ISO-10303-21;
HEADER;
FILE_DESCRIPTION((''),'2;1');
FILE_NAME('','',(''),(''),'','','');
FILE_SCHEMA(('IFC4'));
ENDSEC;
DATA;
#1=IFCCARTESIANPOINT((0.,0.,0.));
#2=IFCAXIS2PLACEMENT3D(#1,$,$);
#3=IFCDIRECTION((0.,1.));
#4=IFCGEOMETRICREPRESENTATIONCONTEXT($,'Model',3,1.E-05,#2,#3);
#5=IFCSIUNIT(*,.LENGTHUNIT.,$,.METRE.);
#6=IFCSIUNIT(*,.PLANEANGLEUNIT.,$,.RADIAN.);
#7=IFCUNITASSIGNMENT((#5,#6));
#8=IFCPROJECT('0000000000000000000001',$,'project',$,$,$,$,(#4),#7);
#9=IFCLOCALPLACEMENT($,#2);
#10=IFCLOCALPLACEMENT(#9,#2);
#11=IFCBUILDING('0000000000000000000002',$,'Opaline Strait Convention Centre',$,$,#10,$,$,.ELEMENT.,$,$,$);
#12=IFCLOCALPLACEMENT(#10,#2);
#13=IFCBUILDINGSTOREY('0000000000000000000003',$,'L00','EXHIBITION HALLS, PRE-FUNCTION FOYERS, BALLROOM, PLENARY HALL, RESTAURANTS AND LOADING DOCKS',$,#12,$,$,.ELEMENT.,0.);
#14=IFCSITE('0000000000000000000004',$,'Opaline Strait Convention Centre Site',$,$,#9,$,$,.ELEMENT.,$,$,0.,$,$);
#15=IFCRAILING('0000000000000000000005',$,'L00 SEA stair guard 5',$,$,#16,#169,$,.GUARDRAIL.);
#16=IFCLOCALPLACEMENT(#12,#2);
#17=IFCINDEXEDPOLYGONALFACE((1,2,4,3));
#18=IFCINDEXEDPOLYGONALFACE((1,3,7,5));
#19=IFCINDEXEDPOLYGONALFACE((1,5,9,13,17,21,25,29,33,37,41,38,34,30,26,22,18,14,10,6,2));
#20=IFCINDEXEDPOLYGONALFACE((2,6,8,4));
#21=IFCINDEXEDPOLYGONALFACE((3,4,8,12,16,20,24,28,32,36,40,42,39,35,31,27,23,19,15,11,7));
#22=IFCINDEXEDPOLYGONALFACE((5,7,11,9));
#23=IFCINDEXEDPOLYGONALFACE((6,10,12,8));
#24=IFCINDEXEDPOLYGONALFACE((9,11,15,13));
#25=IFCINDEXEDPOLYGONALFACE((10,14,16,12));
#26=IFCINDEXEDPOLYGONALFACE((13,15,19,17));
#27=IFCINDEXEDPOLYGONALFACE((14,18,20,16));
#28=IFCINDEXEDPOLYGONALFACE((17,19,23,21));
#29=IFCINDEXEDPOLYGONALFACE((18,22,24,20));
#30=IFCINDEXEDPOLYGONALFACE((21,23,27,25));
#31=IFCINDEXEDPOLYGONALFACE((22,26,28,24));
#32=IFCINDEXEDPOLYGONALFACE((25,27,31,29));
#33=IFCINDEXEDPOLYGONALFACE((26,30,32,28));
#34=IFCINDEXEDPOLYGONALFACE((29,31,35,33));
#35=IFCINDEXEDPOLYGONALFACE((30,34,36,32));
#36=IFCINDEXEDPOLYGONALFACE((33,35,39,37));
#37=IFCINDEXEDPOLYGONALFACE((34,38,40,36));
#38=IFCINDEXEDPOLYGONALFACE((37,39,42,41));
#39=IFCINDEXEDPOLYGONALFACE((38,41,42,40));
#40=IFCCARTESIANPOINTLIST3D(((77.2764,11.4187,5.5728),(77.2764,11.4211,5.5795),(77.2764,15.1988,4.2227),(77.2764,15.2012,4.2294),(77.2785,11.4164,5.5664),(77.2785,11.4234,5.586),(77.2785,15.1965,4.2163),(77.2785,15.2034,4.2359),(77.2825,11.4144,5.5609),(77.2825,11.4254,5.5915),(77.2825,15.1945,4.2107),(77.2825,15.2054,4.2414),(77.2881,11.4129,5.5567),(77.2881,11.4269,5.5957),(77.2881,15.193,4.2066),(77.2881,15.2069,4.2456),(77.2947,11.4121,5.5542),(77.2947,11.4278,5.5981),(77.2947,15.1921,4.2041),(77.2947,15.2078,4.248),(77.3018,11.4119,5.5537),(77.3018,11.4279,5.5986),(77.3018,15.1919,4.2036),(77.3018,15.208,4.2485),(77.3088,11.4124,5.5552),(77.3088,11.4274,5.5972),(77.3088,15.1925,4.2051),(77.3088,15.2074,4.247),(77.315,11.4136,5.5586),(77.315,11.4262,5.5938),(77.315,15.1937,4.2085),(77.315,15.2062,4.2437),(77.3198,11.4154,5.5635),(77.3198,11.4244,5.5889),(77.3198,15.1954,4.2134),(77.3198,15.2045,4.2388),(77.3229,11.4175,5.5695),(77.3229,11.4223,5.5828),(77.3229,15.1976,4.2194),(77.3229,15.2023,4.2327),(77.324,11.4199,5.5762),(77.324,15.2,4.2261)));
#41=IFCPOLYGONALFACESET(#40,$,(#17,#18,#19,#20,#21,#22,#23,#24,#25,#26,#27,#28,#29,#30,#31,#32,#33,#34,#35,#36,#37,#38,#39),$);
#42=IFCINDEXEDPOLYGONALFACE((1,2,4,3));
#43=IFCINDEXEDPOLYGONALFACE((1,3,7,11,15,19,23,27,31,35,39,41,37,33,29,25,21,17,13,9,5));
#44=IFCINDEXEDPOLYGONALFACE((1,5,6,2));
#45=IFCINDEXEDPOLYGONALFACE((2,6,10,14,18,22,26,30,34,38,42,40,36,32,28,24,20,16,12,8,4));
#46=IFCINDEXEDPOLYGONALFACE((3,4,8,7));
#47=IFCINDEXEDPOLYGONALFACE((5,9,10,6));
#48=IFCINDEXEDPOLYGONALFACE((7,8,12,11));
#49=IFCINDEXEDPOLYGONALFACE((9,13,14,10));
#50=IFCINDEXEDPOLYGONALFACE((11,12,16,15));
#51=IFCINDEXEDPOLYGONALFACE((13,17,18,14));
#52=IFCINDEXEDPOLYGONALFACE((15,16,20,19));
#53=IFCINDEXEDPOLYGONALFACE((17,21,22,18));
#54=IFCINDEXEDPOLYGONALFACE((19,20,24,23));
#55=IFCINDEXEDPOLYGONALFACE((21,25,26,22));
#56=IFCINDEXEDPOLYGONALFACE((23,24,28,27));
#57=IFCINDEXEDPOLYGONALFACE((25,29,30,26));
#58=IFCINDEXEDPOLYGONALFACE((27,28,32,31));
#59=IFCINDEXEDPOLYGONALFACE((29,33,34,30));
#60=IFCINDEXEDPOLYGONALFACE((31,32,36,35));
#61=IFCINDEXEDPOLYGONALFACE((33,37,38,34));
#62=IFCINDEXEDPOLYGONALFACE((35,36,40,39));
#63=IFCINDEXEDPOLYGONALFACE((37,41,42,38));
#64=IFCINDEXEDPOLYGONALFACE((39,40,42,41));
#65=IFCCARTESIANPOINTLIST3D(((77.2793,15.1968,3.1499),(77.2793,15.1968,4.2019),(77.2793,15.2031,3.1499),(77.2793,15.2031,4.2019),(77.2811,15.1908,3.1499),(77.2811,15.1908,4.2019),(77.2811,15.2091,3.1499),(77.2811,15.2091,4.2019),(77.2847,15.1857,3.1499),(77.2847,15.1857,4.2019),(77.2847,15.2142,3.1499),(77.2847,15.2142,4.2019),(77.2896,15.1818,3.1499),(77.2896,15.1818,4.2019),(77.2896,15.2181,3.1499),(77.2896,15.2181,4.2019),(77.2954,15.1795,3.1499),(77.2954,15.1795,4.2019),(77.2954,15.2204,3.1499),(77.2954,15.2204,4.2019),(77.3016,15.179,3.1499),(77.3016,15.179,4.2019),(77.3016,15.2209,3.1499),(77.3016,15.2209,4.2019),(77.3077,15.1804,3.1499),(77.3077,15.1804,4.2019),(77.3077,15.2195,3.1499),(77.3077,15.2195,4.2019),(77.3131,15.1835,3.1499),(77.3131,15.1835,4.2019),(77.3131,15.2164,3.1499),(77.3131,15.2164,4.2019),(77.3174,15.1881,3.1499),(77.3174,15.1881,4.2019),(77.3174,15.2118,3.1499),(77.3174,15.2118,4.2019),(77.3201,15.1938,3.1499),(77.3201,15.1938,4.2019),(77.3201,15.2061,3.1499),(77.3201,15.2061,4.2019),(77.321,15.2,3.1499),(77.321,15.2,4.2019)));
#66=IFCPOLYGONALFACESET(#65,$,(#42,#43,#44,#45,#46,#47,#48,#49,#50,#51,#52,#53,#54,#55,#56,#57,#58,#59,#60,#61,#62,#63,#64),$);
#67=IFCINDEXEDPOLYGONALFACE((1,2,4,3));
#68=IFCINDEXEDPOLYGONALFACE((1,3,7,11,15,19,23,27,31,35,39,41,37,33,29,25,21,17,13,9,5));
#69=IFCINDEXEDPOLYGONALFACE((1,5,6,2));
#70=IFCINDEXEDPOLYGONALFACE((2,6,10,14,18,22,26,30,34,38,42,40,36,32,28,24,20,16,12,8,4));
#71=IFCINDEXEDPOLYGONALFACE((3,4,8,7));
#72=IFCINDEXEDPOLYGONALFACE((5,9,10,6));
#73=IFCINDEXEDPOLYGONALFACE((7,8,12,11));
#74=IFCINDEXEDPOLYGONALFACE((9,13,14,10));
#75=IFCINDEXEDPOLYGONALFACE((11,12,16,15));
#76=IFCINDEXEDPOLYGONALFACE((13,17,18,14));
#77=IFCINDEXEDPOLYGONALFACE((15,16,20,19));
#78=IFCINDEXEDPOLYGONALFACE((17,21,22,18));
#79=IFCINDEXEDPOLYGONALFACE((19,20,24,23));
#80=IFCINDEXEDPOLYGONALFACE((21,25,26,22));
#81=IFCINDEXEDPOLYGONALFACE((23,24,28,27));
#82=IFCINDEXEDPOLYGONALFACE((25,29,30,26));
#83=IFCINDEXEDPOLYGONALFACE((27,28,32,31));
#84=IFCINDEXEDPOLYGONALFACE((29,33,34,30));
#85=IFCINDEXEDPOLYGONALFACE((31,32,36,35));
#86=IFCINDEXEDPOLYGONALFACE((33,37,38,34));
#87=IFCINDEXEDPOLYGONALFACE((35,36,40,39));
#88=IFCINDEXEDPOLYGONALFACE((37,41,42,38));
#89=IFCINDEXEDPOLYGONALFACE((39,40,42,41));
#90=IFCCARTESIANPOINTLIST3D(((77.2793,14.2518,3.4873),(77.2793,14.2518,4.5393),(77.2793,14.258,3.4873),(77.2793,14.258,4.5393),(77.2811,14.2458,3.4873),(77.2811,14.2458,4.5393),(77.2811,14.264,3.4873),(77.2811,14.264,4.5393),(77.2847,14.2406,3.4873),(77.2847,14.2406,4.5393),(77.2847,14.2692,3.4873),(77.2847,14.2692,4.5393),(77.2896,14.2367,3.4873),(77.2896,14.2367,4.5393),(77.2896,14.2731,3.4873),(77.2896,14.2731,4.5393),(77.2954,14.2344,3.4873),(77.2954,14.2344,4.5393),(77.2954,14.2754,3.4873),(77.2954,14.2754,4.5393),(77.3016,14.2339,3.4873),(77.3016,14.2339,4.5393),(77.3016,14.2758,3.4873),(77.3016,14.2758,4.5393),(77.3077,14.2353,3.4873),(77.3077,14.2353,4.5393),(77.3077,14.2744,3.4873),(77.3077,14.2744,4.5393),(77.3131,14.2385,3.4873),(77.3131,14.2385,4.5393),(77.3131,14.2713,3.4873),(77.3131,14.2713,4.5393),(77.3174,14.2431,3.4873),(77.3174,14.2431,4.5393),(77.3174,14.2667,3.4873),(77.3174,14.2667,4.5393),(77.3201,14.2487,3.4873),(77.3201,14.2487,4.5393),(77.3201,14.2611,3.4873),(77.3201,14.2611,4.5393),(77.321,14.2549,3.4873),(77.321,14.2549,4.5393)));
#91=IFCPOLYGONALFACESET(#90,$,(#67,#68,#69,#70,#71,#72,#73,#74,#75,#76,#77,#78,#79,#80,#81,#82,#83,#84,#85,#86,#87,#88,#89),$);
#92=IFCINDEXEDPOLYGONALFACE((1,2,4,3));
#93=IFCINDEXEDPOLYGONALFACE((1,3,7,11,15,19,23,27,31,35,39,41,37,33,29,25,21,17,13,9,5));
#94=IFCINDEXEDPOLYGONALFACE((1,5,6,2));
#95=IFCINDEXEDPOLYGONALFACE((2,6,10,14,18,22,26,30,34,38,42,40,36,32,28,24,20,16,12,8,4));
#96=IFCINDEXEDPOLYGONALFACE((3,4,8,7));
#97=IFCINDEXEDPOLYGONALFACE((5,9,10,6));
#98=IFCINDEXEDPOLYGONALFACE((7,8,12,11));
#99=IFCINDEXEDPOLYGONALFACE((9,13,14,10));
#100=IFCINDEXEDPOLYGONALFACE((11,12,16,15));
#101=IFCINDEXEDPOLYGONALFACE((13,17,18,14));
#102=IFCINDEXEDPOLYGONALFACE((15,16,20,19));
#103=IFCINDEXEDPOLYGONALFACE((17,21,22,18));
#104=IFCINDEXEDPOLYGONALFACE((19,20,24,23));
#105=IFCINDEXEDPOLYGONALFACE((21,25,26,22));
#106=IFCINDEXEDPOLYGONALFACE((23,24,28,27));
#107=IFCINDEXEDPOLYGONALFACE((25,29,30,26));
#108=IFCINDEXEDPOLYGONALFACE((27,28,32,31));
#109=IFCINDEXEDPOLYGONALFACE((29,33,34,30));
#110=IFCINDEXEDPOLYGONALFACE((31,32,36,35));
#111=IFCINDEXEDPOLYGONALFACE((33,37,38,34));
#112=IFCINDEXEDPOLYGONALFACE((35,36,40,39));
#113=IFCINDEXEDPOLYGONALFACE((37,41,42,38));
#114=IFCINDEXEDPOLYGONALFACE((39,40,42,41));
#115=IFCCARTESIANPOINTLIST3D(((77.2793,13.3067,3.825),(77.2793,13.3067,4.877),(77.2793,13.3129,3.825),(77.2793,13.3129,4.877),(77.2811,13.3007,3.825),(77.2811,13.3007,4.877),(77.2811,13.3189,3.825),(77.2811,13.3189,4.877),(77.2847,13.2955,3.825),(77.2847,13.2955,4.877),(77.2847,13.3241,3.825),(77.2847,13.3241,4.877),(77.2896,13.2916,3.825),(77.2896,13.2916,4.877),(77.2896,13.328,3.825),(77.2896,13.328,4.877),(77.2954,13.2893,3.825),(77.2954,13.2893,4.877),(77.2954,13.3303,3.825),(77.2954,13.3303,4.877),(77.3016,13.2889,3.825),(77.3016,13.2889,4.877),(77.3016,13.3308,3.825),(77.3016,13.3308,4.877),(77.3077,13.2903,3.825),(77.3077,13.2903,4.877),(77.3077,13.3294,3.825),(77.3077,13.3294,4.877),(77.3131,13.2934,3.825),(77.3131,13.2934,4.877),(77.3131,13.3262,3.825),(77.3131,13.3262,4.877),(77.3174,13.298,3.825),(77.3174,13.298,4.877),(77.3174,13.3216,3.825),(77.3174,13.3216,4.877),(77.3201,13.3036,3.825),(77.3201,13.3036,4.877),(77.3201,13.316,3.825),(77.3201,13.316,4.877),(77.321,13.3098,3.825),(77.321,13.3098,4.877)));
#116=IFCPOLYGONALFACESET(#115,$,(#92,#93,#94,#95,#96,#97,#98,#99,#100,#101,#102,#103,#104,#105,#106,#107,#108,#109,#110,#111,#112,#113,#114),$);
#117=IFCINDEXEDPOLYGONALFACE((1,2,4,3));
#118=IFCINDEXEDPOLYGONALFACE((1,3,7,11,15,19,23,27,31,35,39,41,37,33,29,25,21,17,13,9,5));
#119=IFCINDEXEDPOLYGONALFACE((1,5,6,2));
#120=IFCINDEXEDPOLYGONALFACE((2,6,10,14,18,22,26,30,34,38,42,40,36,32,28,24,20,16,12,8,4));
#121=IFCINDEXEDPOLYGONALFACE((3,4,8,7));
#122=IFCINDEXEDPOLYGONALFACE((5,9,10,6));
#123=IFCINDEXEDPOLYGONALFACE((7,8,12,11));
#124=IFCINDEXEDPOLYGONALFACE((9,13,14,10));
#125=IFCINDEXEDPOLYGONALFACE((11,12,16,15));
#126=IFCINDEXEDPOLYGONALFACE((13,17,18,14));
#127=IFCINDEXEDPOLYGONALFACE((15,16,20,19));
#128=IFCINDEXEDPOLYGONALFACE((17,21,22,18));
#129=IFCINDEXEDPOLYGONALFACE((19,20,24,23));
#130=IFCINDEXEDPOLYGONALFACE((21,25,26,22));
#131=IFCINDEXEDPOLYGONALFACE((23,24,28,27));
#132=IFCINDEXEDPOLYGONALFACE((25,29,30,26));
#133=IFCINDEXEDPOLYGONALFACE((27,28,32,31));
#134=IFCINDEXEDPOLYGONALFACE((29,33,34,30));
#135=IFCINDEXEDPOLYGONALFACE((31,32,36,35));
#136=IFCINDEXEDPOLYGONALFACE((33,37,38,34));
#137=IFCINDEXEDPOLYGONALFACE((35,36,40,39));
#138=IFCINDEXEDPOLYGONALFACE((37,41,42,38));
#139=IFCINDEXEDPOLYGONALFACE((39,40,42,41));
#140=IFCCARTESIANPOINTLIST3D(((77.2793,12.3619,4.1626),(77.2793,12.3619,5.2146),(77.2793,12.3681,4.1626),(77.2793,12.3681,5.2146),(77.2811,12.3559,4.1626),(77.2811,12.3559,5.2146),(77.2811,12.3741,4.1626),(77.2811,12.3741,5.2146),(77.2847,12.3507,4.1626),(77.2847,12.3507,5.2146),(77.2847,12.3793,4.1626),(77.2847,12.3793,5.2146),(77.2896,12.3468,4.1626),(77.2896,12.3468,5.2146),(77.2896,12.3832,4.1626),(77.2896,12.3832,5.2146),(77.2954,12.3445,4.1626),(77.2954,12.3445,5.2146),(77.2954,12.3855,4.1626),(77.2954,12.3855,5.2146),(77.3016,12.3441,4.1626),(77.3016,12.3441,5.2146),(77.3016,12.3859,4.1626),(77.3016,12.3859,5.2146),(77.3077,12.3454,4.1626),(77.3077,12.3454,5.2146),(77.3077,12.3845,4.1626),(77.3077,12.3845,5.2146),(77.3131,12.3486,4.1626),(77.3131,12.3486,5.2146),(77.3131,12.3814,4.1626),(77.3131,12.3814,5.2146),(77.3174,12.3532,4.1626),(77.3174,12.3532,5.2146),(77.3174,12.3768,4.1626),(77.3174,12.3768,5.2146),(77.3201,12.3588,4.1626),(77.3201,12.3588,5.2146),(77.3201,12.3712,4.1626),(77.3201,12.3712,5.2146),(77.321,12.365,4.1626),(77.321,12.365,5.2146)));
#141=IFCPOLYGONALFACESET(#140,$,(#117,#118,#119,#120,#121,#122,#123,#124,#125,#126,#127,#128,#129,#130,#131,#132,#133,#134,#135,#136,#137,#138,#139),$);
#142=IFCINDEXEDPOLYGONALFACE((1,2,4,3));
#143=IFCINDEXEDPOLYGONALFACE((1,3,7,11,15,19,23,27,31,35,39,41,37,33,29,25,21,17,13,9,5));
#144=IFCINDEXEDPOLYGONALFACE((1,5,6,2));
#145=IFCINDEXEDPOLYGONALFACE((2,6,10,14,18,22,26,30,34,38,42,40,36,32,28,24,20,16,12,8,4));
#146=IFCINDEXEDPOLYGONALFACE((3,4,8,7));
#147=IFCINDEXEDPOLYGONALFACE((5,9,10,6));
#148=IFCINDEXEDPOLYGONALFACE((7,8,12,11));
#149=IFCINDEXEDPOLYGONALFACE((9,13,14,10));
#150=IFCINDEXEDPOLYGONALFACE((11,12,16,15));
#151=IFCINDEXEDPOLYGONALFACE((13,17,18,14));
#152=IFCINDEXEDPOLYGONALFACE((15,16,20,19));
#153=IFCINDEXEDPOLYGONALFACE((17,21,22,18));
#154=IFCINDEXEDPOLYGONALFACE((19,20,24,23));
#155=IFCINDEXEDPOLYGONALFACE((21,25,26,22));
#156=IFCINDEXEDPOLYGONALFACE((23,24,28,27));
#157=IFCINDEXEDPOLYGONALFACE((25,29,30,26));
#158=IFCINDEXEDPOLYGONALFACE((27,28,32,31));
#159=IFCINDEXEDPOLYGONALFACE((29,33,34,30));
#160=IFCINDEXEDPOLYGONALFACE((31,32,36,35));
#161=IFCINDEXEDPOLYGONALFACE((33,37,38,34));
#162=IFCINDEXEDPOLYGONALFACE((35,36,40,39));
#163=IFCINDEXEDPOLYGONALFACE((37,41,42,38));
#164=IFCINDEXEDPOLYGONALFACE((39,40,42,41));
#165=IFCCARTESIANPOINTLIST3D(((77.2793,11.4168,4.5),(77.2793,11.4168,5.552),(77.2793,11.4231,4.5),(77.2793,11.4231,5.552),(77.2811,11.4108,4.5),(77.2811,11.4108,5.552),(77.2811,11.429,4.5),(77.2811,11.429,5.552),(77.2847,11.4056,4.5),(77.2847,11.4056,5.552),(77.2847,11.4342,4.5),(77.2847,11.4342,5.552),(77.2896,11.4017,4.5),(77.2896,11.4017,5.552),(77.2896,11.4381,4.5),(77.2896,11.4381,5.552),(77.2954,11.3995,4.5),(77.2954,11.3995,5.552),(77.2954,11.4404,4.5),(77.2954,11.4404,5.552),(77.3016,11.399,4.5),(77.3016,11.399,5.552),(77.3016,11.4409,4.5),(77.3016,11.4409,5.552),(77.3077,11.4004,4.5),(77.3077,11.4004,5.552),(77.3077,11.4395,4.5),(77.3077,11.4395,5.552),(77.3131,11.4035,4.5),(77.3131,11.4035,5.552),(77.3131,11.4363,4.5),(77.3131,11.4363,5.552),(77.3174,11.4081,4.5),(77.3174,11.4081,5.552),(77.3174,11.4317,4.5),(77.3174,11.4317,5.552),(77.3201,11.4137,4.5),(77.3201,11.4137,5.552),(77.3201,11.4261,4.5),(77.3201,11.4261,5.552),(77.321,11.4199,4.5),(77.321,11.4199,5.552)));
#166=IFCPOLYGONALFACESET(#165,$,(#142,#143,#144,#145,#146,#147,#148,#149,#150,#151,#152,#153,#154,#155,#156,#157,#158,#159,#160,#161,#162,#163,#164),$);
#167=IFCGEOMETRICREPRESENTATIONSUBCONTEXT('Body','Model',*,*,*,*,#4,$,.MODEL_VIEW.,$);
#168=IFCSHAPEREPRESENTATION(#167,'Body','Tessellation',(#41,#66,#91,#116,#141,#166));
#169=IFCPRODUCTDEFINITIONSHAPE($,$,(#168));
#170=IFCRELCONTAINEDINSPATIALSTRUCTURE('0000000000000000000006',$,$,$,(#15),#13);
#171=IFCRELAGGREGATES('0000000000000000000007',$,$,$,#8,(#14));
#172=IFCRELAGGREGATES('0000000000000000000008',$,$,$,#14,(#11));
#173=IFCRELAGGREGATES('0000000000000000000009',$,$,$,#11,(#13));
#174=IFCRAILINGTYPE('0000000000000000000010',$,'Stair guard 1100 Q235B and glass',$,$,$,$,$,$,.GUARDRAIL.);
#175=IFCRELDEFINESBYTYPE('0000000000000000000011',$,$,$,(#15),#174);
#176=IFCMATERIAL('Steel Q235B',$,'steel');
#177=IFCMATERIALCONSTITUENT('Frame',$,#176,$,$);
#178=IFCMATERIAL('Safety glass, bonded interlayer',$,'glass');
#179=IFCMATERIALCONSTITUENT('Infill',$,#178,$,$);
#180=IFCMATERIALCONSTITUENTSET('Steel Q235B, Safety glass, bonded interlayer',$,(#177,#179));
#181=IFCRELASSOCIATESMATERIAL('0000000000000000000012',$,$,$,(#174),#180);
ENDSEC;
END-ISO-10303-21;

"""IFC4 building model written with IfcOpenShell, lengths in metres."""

from ifc_helpers import new_model, si_unit, direction, frame, origin, origin_2d, place, context, subcontext, project, spatial, circle, extrude, material, constituent, constituent_set, type_object, element, save


model = new_model("IFC4")

# Units and contexts
model_context = context("Model", 3, precision=1e-05, world=origin(), true_north=direction((0.0, 1.0)))
body_context = subcontext(model_context, "Body", "Model", "MODEL_VIEW")
ifc_project = project(units=[si_unit("LENGTHUNIT", "METRE"), si_unit("PLANEANGLEUNIT", "RADIAN")], contexts=[model_context])

# Site, building, storey
site_placement = place(None, origin())
site = spatial("IfcSite", under=ifc_project, at=site_placement, Name="Opaline Strait Convention Centre Site", CompositionType="ELEMENT", RefElevation=0.0)
building_placement = place(site_placement, origin())
building = spatial("IfcBuilding", under=site, at=building_placement, Name="Opaline Strait Convention Centre", CompositionType="ELEMENT")
storey_placement = place(building_placement, origin())
storey = spatial("IfcBuildingStorey", under=building, at=storey_placement, Name="L00", Description="EXHIBITION HALLS, PRE-FUNCTION FOYERS, BALLROOM, PLENARY HALL, RESTAURANTS AND LOADING DOCKS", CompositionType="ELEMENT", Elevation=0.0)

# Railing
ifc_material_1 = material(Name="Steel Q235B", Category="steel")
ifc_constituent_1 = constituent(ifc_material_1, Name="Frame")
ifc_material_2 = material(Name="Safety glass, bonded interlayer", Category="glass")
ifc_constituent_2 = constituent(ifc_material_2, Name="Infill")
ifc_constituent_set = constituent_set(constituents=[ifc_constituent_1, ifc_constituent_2], Name="Steel Q235B, Safety glass, bonded interlayer")
railing_type_1 = type_object("IfcRailingType", Name="Stair guard 1100 Q235B and glass", PredefinedType="GUARDRAIL", material=ifc_constituent_set)
railing_1_placement = place(storey_placement, frame((77.3, 15.2, 3.1499)))
element("IfcRailing", 1, at=railing_1_placement, inside=storey, type_object=railing_type_1, Name="L00 SEA stair guard 5", PredefinedType="GUARDRAIL", context=body_context, shape_type="SweptSolid", body=[
    extrude(circle(Radius=0.0239, at=origin_2d()), frame((0.0, 0.0, 1.0762), z_axis=(0.0, -0.941735, 0.336356), x_axis=(1.0, 0.0, 0.0)), (0.0, 0.0, 1.0), 4.0139),
    extrude(circle(Radius=0.021, at=origin_2d()), origin(), (0.0, 0.0, 1.0), 1.052),
    extrude(circle(Radius=0.021, at=origin_2d()), frame((0.0, -0.9451, 0.3374)), (0.0, 0.0, 1.0), 1.052),
    extrude(circle(Radius=0.021, at=origin_2d()), frame((0.0, -1.8901, 0.675)), (0.0, 0.0, 1.0), 1.052),
    extrude(circle(Radius=0.021, at=origin_2d()), frame((0.0, -2.835, 1.0127)), (0.0, 0.0, 1.0), 1.052),
    extrude(circle(Radius=0.021, at=origin_2d()), frame((0.0, -3.78, 1.3501)), (0.0, 0.0, 1.0), 1.052),
])

save(model, "model.ifc")
